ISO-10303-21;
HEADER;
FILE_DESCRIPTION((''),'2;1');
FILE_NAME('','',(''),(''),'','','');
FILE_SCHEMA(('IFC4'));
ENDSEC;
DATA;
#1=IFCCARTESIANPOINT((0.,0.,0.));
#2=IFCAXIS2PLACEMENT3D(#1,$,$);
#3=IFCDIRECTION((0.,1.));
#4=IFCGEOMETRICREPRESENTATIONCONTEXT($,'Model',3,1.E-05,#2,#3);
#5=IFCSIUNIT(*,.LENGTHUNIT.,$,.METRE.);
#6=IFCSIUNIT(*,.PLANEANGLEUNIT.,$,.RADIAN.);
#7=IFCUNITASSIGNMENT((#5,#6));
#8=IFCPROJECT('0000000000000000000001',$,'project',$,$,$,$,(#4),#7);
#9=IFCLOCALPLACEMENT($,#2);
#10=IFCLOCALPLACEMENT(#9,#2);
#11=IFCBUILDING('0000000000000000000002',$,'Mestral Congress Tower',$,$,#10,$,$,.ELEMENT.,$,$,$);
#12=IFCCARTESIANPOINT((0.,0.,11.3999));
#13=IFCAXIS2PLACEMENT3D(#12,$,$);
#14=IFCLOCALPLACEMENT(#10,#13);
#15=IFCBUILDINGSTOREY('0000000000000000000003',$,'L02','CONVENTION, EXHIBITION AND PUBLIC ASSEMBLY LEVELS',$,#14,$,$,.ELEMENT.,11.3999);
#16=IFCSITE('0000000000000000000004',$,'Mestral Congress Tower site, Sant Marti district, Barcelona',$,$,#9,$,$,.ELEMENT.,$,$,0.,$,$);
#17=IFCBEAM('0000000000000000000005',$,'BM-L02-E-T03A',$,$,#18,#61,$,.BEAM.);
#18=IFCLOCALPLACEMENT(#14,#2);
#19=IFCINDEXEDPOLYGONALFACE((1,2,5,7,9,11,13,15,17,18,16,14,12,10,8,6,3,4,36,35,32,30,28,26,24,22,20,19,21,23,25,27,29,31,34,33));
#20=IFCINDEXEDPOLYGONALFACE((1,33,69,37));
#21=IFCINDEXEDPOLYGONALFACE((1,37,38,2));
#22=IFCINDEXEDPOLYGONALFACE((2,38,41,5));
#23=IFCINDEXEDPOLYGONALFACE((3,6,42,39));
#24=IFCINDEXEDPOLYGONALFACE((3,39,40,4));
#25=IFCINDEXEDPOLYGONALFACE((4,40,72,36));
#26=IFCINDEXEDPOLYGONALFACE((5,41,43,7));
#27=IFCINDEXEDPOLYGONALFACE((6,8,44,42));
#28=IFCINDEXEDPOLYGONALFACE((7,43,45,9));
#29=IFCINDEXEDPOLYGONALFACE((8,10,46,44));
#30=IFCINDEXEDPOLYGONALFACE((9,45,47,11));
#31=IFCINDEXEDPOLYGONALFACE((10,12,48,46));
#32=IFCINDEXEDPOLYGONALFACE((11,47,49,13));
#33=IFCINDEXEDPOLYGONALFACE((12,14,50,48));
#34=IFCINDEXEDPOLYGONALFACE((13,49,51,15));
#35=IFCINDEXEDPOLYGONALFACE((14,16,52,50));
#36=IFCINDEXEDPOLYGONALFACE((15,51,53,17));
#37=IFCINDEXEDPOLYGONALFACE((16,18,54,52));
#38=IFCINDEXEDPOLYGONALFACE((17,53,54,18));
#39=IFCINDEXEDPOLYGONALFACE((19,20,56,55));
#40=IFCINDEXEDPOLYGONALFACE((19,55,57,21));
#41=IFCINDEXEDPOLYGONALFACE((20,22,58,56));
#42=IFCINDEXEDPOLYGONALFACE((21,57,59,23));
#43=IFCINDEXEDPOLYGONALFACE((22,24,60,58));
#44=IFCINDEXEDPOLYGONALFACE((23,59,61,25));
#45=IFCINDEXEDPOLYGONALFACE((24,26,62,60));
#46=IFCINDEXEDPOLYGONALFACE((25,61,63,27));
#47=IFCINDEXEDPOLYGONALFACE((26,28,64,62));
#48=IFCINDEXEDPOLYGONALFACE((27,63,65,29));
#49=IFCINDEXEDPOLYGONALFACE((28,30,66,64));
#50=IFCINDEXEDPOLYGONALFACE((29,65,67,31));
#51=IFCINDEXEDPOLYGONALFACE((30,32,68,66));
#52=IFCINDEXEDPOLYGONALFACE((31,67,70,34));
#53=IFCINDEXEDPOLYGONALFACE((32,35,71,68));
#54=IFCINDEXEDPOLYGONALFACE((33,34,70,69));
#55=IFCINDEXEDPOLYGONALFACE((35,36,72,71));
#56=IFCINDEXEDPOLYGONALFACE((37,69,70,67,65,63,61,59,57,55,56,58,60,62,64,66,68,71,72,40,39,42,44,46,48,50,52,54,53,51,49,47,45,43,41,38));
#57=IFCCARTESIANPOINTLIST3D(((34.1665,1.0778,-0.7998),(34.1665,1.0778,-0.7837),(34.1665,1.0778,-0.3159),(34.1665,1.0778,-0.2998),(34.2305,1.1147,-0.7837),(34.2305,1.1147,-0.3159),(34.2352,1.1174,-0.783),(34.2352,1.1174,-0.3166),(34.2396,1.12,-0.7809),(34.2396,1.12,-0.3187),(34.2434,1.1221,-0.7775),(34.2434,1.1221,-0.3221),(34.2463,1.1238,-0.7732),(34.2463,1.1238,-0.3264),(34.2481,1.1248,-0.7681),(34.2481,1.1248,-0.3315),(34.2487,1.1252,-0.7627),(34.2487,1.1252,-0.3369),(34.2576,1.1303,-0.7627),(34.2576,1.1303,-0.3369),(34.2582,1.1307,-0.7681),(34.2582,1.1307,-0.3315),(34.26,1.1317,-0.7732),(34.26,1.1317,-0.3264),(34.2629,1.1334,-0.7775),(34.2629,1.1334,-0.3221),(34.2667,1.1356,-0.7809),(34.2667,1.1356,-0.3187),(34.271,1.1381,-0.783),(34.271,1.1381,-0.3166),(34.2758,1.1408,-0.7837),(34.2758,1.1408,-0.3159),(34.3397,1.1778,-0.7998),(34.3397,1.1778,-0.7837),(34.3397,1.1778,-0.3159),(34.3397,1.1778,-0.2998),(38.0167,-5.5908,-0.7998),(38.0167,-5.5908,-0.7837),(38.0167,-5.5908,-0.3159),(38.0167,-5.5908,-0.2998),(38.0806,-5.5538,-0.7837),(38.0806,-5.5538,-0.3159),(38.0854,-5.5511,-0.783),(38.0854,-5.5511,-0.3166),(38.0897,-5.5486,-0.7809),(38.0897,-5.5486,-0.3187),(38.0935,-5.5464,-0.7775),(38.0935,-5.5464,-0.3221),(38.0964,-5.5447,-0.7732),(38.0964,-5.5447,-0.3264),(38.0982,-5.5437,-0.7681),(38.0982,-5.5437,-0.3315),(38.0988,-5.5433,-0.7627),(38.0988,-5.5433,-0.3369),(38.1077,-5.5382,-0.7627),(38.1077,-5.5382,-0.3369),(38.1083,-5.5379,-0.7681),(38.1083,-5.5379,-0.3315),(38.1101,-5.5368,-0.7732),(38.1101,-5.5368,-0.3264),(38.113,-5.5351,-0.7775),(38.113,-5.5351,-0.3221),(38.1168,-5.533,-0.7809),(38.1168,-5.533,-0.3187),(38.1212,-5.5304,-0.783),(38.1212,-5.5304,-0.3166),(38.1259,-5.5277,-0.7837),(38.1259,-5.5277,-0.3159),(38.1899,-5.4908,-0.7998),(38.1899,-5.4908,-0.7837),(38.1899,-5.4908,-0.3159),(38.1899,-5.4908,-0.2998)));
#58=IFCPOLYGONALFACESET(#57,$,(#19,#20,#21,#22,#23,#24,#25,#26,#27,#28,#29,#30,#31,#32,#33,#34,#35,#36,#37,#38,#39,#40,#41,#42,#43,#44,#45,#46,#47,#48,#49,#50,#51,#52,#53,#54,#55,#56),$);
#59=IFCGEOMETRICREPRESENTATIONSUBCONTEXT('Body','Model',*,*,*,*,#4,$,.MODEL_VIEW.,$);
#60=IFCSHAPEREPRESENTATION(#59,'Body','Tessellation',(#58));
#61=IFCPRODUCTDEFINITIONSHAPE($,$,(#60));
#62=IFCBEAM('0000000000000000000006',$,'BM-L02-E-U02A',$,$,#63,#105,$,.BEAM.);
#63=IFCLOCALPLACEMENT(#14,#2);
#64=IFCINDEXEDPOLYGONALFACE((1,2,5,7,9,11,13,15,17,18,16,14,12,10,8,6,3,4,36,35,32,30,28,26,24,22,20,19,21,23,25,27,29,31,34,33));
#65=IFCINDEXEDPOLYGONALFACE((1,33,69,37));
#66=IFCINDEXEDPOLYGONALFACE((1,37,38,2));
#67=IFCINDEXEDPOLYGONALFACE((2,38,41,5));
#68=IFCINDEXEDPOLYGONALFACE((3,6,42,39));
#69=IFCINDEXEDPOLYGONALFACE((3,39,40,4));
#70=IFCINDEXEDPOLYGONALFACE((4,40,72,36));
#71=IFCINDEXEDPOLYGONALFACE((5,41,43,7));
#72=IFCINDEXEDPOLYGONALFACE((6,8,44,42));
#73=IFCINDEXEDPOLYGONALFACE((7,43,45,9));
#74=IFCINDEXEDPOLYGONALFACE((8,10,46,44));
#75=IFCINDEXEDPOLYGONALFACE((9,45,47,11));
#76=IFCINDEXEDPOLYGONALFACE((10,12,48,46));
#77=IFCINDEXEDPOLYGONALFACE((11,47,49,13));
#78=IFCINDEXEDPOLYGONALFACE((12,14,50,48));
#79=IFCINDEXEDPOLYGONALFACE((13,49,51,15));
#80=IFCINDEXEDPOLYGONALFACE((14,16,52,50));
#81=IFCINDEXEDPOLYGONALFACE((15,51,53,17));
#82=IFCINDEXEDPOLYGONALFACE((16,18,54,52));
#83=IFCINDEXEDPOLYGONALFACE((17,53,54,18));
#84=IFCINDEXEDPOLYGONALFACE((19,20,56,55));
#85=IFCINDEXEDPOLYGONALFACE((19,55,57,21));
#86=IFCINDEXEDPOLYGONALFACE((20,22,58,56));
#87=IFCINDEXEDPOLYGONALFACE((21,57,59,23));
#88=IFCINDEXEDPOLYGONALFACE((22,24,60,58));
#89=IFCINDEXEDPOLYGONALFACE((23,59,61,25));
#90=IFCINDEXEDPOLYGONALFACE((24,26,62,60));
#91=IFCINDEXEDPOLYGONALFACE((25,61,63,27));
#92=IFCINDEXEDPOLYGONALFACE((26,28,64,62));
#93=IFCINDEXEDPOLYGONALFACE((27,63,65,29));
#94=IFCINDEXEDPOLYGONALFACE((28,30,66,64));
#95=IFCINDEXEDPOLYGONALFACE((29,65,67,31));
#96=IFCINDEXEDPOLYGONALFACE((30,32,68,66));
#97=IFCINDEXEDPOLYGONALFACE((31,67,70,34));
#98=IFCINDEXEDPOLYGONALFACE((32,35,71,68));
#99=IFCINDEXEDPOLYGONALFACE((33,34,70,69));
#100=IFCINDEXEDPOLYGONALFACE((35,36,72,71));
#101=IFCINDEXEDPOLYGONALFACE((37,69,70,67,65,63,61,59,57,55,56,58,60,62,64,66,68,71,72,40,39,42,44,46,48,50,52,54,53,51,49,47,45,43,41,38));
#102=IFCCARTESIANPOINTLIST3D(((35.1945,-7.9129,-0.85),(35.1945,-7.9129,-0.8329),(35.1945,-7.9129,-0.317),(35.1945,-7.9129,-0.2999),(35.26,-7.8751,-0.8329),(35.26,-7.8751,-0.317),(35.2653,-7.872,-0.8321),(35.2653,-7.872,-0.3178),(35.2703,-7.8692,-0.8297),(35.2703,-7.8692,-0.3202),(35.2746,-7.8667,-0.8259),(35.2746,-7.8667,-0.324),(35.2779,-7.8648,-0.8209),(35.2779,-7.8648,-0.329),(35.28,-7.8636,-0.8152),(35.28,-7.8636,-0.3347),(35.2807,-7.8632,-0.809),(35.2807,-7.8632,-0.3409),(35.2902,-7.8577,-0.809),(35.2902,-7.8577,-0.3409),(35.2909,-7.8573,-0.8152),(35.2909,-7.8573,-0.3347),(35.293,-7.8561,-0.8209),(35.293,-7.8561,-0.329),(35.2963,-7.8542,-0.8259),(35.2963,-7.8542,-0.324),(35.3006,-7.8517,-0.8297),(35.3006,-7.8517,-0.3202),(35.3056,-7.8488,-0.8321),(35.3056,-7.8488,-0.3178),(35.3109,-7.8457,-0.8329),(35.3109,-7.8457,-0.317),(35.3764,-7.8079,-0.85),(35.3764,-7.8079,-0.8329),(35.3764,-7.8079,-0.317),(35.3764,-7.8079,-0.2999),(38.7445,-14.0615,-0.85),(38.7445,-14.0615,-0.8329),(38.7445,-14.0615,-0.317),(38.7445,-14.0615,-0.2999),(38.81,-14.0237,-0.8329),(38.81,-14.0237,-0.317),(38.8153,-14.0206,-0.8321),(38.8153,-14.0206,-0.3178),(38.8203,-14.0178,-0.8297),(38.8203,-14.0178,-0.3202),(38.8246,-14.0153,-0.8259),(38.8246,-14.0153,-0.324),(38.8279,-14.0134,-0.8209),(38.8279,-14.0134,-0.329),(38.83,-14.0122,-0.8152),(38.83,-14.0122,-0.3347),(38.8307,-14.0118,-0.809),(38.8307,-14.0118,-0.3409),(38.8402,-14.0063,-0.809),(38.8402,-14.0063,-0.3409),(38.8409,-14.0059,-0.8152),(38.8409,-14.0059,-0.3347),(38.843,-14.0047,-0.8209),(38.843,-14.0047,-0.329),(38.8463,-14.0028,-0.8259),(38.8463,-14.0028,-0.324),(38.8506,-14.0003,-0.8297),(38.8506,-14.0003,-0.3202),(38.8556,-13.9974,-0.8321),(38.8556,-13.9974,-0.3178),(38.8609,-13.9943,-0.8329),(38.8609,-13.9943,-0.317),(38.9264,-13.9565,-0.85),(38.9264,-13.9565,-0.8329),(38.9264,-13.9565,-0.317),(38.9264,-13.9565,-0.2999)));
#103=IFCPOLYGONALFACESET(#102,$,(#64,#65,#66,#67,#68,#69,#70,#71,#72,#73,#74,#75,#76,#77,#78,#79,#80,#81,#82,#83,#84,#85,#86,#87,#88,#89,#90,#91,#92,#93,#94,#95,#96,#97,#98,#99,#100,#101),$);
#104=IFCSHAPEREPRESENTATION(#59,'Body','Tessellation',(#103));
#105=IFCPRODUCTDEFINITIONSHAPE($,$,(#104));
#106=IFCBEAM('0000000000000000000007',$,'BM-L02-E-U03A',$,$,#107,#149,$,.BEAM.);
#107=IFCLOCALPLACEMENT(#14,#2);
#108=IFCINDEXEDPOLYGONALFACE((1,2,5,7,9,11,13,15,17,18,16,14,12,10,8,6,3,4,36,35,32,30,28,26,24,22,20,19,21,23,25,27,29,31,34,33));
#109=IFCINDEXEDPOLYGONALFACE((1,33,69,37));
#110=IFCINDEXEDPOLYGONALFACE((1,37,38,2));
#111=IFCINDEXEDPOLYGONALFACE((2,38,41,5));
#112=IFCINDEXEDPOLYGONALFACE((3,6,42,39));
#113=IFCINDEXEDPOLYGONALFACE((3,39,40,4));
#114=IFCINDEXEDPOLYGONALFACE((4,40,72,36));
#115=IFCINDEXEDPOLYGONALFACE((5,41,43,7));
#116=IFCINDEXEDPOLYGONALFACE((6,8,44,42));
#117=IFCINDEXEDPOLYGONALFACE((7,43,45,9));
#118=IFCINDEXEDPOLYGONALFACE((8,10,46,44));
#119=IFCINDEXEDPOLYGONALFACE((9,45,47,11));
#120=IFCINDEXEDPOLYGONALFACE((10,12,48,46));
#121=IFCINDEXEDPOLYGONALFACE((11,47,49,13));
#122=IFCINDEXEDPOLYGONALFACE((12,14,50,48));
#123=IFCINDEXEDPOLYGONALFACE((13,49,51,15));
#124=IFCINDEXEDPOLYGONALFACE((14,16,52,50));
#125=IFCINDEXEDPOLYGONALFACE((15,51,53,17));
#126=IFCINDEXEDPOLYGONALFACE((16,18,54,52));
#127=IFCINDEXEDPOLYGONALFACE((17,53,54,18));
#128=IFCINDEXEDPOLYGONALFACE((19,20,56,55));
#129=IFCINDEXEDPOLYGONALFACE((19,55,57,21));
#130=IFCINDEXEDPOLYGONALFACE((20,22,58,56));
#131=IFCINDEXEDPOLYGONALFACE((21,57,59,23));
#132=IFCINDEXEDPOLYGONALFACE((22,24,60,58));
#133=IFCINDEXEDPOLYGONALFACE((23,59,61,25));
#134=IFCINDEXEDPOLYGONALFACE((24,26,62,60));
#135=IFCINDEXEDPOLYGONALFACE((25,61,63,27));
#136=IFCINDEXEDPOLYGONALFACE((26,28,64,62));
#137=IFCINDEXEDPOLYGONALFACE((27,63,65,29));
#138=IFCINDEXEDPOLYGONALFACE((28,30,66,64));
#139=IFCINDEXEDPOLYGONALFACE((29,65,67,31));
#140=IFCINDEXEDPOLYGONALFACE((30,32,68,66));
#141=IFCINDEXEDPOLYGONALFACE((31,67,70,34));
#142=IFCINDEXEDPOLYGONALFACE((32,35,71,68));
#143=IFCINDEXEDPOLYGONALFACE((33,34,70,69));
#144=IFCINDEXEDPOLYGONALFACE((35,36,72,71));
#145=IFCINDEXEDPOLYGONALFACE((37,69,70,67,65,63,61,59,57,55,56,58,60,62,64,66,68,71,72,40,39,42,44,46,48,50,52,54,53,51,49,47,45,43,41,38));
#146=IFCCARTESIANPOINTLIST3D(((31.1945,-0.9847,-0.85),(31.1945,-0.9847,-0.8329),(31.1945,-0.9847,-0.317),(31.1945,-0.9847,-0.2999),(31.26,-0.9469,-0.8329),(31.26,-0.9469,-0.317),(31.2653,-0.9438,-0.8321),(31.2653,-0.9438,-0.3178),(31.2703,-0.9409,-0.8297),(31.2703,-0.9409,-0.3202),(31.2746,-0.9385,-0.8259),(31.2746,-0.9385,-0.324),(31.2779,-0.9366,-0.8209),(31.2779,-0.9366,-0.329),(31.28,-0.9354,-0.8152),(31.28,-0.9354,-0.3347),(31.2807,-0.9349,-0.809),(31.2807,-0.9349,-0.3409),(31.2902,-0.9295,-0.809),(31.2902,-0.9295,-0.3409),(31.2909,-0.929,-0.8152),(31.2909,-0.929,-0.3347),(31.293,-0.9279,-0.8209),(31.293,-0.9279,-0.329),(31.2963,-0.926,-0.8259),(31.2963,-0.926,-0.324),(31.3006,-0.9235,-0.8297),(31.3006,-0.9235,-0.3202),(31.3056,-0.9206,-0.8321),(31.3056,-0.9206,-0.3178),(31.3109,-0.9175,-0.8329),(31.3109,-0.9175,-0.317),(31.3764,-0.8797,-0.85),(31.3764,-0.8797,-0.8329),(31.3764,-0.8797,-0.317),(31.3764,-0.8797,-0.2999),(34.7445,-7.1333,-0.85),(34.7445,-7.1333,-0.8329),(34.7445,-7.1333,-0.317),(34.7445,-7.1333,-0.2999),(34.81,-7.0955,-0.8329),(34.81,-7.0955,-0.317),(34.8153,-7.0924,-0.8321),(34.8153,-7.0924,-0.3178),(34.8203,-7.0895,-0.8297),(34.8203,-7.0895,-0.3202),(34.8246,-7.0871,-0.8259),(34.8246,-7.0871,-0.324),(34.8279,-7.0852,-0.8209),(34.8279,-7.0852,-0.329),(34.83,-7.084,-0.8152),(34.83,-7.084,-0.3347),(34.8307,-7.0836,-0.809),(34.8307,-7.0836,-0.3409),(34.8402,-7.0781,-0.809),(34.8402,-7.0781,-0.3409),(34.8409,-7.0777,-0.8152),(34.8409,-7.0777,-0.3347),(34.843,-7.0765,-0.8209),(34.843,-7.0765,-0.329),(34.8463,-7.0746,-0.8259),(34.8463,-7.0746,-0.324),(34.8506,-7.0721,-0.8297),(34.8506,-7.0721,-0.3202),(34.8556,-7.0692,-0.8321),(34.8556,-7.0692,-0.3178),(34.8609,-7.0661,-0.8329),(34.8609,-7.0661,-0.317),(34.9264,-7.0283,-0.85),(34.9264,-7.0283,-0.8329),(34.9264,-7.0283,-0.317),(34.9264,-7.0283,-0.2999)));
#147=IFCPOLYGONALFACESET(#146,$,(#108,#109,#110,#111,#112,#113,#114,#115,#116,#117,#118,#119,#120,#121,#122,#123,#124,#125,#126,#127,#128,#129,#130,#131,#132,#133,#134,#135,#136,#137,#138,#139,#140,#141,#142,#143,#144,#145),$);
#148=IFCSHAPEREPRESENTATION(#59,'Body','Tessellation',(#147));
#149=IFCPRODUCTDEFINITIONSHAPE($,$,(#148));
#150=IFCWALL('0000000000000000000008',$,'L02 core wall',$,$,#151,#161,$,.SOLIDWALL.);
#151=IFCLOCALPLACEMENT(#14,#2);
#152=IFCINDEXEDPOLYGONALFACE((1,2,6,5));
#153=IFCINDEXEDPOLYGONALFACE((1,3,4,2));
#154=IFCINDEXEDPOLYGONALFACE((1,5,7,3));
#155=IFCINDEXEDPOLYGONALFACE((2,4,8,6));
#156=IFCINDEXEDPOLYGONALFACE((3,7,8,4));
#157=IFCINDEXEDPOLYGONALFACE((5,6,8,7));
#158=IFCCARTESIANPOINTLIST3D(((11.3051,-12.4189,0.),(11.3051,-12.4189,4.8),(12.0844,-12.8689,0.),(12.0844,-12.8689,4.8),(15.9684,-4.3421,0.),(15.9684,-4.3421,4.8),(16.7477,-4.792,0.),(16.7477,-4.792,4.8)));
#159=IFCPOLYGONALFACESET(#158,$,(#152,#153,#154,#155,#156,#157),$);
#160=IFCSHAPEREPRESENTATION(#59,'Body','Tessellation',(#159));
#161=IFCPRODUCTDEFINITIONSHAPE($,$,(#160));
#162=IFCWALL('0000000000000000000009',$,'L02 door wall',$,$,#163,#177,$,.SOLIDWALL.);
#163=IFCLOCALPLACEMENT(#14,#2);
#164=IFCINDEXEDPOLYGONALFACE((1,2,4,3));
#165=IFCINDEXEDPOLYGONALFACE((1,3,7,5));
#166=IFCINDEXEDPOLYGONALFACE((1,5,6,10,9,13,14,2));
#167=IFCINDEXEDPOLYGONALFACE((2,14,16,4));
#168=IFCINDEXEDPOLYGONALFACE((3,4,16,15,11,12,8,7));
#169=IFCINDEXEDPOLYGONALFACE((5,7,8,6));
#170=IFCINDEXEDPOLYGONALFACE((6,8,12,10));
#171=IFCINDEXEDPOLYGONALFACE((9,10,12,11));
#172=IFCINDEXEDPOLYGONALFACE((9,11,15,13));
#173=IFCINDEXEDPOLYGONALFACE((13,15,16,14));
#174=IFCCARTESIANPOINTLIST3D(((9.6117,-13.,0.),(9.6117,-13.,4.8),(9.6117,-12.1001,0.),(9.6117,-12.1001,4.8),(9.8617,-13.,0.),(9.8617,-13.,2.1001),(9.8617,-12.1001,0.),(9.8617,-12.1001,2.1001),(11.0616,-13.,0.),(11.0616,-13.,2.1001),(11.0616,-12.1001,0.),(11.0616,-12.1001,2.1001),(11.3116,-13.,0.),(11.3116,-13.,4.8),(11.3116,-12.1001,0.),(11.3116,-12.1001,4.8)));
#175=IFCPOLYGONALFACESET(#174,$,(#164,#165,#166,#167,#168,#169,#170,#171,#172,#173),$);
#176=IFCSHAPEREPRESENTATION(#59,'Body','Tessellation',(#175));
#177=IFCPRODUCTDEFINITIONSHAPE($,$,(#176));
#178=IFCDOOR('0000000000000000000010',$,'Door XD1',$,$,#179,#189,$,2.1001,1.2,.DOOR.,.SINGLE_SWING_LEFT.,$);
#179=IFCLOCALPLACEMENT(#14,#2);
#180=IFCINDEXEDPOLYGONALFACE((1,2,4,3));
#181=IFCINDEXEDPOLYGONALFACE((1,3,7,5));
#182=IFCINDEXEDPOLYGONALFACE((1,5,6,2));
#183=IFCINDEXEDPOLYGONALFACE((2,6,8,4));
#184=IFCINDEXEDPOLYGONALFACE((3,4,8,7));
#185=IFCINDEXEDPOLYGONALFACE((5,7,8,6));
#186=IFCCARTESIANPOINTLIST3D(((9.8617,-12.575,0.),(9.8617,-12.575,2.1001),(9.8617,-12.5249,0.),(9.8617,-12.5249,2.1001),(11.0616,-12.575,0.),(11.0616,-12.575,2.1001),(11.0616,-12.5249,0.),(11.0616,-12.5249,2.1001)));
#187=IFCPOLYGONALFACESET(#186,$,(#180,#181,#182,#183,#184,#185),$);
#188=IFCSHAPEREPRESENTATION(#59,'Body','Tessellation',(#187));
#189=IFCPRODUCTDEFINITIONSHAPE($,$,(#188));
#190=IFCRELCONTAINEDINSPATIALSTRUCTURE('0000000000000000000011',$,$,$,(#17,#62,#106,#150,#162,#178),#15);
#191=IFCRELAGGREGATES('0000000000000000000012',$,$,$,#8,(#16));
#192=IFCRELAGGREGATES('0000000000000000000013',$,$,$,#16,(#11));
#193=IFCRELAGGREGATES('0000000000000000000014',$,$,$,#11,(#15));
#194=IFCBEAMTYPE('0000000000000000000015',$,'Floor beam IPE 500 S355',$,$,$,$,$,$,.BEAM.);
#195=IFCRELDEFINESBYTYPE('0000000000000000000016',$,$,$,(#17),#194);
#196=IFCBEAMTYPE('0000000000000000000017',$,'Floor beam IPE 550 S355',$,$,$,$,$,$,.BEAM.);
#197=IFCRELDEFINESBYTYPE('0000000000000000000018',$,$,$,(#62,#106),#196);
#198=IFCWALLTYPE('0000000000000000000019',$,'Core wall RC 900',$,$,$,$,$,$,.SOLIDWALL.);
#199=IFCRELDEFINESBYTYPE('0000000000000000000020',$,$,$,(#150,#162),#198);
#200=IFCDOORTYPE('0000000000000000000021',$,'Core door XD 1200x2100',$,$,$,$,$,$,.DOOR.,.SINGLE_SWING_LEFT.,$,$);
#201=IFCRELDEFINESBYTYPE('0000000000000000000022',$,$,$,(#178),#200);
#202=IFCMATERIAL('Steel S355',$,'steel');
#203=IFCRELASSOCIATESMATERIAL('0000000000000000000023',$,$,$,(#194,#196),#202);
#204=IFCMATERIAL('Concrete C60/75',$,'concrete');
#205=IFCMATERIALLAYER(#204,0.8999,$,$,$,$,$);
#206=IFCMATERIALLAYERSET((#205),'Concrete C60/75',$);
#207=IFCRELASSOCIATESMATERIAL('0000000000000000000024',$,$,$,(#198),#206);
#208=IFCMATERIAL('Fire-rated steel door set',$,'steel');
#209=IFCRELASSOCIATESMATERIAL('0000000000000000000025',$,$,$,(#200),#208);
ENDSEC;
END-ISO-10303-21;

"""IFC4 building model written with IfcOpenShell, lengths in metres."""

from ifc_helpers import new_model, si_unit, direction, frame, frame_2d, origin, origin_2d, place, context, subcontext, project, spatial, rectangle, i_section, extrude, material, layer, layer_set, material_profile, profile_set, type_object, element, fill, save


model = new_model("IFC4")

# Units and contexts
model_context = context("Model", 3, precision=1e-05, world=origin(), true_north=direction((0.0, 1.0)))
body_context = subcontext(model_context, "Body", "Model", "MODEL_VIEW")
ifc_project = project(units=[si_unit("LENGTHUNIT", "METRE"), si_unit("PLANEANGLEUNIT", "RADIAN")], contexts=[model_context])

# Site, building, storey
site_placement = place(None, origin())
site = spatial("IfcSite", under=ifc_project, at=site_placement, Name="Mestral Congress Tower site, Sant Marti district, Barcelona", CompositionType="ELEMENT", RefElevation=0.0)
building_placement = place(site_placement, origin())
building = spatial("IfcBuilding", under=site, at=building_placement, Name="Mestral Congress Tower", CompositionType="ELEMENT")
storey_placement = place(building_placement, frame((0.0, 0.0, 11.3999)))
storey = spatial("IfcBuildingStorey", under=building, at=storey_placement, Name="L02", Description="CONVENTION, EXHIBITION AND PUBLIC ASSEMBLY LEVELS", CompositionType="ELEMENT", Elevation=11.3999)

# Beams
ifc_material_1 = material(Name="Steel S355", Category="steel")
ifc_material_profile_1 = material_profile(ifc_material_1, i_section(OverallWidth=0.2, OverallDepth=0.5, WebThickness=0.0103, FlangeThickness=0.0161, FilletRadius=0.021, at=origin_2d()), Name="IPE 500")
ifc_profile_set_1 = profile_set([ifc_material_profile_1], Name="Steel S355")
beam_type_1 = type_object("IfcBeamType", Name="Floor beam IPE 500 S355", PredefinedType="BEAM", material=ifc_profile_set_1)
beam_placement = place(storey_placement, frame((38.1033, -5.5408, -0.5498), z_axis=(-0.500006, 0.866022, 0.0), x_axis=(-0.866022, -0.500006, 0.0)))
element("IfcBeam", 1, at=beam_placement, inside=storey, type_object=beam_type_1, Name="BM-L02-E-T03A", PredefinedType="BEAM", context=body_context, shape_type="SweptSolid", body=[
    extrude(i_section(OverallWidth=0.2, OverallDepth=0.5, WebThickness=0.0103, FlangeThickness=0.0161, FilletRadius=0.021, at=origin_2d()), origin(), (0.0, 0.0, 1.0), 7.7002),
])
ifc_material_profile_2 = material_profile(ifc_material_1, i_section(OverallWidth=0.21, OverallDepth=0.55, WebThickness=0.011, FlangeThickness=0.0171, FilletRadius=0.0239, at=origin_2d()), Name="IPE 550")
ifc_profile_set_2 = profile_set([ifc_material_profile_2], Name="Steel S355")
beam_type_2 = type_object("IfcBeamType", Name="Floor beam IPE 550 S355", PredefinedType="BEAM", material=ifc_profile_set_2)
for number, where, z_axis, x_axis, name in (
    (2, (38.8354, -14.009, -0.575), (-0.500011, 0.866019, 0.0), (-0.866019, -0.500011, 0.0), "BM-L02-E-U02A"),
    (3, (34.8354, -7.0808, -0.575), (-0.500011, 0.866019, 0.0), (-0.866019, -0.500011, 0.0), "BM-L02-E-U03A"),
):
    element("IfcBeam", number, at=place(storey_placement, frame(where, z_axis=z_axis, x_axis=x_axis)), inside=storey, type_object=beam_type_2, Name=name, PredefinedType="BEAM", context=body_context, shape_type="SweptSolid", body=[
        extrude(i_section(OverallWidth=0.21, OverallDepth=0.55, WebThickness=0.011, FlangeThickness=0.0171, FilletRadius=0.0239, at=origin_2d()), origin(), (0.0, 0.0, 1.0), 7.0999),
    ])

# Wall
ifc_material_2 = material(Name="Concrete C60/75", Category="concrete")
ifc_layer_1 = layer(ifc_material_2, 0.8999)
ifc_layer_set_1 = layer_set([ifc_layer_1], Name="Concrete C60/75")
wall_type_1 = type_object("IfcWallType", Name="Core wall RC 900", PredefinedType="SOLIDWALL", material=ifc_layer_set_1)
wall_1_placement = place(storey_placement, frame((11.6948, -12.6438, 0.0), z_axis=(0.0, 0.0, 1.0), x_axis=(0.50001, 0.866019, 0.0)))
element("IfcWall", 4, at=wall_1_placement, inside=storey, type_object=wall_type_1, Name="L02 core wall", PredefinedType="SOLIDWALL", context=body_context, shape_type="SweptSolid", body=[
    extrude(rectangle(XDim=9.3264, YDim=0.8999, at=frame_2d((4.6631, 0.0))), origin(), (0.0, 0.0, 1.0), 4.8),
])

# Wall, opening, door
wall_2_placement = place(storey_placement, frame((11.3118, -12.55, 0.0), z_axis=(0.0, 0.0, 1.0), x_axis=(-1.0, 0.0, 0.0)))
wall_2 = element("IfcWall", 5, at=wall_2_placement, inside=storey, type_object=wall_type_1, Name="L02 door wall", PredefinedType="SOLIDWALL", context=body_context, shape_type="SweptSolid", body=[
    extrude(rectangle(XDim=1.7, YDim=0.8999, at=frame_2d((0.8501, 0.0))), origin(), (0.0, 0.0, 1.0), 4.8),
])
opening_1_placement = place(wall_2_placement, frame((0.25, 0.0, 0.0)))
opening_1 = element("IfcOpeningElement", 6, at=opening_1_placement, cuts=wall_2, PredefinedType="OPENING", context=body_context, shape_type="SweptSolid", body=[
    extrude(rectangle(XDim=1.2, YDim=2.1001, at=frame_2d((0.6001, 1.05))), frame((0.0, 0.46, 0.0), z_axis=(0.0, -1.0, 0.0), x_axis=(1.0, 0.0, 0.0)), (0.0, 0.0, 1.0), 0.9199),
])
ifc_material_3 = material(Name="Fire-rated steel door set", Category="steel")
door_type_1 = type_object("IfcDoorType", Name="Core door XD 1200x2100", OperationType="SINGLE_SWING_LEFT", PredefinedType="DOOR", material=ifc_material_3)
door_1_placement = place(opening_1_placement, origin())
door_1 = element("IfcDoor", 7, at=door_1_placement, inside=storey, type_object=door_type_1, Name="Door XD1", OperationType="SINGLE_SWING_LEFT", OverallHeight=2.1001, OverallWidth=1.2, PredefinedType="DOOR", context=body_context, shape_type="SweptSolid", body=[
    extrude(rectangle(XDim=1.2, YDim=2.1001, at=frame_2d((0.6001, 1.05))), frame((0.0, 0.0249, 0.0), z_axis=(0.0, -1.0, 0.0), x_axis=(1.0, 0.0, 0.0)), (0.0, 0.0, 1.0), 0.05),
])
fill(opening_1, door_1)

save(model, "model.ifc")
